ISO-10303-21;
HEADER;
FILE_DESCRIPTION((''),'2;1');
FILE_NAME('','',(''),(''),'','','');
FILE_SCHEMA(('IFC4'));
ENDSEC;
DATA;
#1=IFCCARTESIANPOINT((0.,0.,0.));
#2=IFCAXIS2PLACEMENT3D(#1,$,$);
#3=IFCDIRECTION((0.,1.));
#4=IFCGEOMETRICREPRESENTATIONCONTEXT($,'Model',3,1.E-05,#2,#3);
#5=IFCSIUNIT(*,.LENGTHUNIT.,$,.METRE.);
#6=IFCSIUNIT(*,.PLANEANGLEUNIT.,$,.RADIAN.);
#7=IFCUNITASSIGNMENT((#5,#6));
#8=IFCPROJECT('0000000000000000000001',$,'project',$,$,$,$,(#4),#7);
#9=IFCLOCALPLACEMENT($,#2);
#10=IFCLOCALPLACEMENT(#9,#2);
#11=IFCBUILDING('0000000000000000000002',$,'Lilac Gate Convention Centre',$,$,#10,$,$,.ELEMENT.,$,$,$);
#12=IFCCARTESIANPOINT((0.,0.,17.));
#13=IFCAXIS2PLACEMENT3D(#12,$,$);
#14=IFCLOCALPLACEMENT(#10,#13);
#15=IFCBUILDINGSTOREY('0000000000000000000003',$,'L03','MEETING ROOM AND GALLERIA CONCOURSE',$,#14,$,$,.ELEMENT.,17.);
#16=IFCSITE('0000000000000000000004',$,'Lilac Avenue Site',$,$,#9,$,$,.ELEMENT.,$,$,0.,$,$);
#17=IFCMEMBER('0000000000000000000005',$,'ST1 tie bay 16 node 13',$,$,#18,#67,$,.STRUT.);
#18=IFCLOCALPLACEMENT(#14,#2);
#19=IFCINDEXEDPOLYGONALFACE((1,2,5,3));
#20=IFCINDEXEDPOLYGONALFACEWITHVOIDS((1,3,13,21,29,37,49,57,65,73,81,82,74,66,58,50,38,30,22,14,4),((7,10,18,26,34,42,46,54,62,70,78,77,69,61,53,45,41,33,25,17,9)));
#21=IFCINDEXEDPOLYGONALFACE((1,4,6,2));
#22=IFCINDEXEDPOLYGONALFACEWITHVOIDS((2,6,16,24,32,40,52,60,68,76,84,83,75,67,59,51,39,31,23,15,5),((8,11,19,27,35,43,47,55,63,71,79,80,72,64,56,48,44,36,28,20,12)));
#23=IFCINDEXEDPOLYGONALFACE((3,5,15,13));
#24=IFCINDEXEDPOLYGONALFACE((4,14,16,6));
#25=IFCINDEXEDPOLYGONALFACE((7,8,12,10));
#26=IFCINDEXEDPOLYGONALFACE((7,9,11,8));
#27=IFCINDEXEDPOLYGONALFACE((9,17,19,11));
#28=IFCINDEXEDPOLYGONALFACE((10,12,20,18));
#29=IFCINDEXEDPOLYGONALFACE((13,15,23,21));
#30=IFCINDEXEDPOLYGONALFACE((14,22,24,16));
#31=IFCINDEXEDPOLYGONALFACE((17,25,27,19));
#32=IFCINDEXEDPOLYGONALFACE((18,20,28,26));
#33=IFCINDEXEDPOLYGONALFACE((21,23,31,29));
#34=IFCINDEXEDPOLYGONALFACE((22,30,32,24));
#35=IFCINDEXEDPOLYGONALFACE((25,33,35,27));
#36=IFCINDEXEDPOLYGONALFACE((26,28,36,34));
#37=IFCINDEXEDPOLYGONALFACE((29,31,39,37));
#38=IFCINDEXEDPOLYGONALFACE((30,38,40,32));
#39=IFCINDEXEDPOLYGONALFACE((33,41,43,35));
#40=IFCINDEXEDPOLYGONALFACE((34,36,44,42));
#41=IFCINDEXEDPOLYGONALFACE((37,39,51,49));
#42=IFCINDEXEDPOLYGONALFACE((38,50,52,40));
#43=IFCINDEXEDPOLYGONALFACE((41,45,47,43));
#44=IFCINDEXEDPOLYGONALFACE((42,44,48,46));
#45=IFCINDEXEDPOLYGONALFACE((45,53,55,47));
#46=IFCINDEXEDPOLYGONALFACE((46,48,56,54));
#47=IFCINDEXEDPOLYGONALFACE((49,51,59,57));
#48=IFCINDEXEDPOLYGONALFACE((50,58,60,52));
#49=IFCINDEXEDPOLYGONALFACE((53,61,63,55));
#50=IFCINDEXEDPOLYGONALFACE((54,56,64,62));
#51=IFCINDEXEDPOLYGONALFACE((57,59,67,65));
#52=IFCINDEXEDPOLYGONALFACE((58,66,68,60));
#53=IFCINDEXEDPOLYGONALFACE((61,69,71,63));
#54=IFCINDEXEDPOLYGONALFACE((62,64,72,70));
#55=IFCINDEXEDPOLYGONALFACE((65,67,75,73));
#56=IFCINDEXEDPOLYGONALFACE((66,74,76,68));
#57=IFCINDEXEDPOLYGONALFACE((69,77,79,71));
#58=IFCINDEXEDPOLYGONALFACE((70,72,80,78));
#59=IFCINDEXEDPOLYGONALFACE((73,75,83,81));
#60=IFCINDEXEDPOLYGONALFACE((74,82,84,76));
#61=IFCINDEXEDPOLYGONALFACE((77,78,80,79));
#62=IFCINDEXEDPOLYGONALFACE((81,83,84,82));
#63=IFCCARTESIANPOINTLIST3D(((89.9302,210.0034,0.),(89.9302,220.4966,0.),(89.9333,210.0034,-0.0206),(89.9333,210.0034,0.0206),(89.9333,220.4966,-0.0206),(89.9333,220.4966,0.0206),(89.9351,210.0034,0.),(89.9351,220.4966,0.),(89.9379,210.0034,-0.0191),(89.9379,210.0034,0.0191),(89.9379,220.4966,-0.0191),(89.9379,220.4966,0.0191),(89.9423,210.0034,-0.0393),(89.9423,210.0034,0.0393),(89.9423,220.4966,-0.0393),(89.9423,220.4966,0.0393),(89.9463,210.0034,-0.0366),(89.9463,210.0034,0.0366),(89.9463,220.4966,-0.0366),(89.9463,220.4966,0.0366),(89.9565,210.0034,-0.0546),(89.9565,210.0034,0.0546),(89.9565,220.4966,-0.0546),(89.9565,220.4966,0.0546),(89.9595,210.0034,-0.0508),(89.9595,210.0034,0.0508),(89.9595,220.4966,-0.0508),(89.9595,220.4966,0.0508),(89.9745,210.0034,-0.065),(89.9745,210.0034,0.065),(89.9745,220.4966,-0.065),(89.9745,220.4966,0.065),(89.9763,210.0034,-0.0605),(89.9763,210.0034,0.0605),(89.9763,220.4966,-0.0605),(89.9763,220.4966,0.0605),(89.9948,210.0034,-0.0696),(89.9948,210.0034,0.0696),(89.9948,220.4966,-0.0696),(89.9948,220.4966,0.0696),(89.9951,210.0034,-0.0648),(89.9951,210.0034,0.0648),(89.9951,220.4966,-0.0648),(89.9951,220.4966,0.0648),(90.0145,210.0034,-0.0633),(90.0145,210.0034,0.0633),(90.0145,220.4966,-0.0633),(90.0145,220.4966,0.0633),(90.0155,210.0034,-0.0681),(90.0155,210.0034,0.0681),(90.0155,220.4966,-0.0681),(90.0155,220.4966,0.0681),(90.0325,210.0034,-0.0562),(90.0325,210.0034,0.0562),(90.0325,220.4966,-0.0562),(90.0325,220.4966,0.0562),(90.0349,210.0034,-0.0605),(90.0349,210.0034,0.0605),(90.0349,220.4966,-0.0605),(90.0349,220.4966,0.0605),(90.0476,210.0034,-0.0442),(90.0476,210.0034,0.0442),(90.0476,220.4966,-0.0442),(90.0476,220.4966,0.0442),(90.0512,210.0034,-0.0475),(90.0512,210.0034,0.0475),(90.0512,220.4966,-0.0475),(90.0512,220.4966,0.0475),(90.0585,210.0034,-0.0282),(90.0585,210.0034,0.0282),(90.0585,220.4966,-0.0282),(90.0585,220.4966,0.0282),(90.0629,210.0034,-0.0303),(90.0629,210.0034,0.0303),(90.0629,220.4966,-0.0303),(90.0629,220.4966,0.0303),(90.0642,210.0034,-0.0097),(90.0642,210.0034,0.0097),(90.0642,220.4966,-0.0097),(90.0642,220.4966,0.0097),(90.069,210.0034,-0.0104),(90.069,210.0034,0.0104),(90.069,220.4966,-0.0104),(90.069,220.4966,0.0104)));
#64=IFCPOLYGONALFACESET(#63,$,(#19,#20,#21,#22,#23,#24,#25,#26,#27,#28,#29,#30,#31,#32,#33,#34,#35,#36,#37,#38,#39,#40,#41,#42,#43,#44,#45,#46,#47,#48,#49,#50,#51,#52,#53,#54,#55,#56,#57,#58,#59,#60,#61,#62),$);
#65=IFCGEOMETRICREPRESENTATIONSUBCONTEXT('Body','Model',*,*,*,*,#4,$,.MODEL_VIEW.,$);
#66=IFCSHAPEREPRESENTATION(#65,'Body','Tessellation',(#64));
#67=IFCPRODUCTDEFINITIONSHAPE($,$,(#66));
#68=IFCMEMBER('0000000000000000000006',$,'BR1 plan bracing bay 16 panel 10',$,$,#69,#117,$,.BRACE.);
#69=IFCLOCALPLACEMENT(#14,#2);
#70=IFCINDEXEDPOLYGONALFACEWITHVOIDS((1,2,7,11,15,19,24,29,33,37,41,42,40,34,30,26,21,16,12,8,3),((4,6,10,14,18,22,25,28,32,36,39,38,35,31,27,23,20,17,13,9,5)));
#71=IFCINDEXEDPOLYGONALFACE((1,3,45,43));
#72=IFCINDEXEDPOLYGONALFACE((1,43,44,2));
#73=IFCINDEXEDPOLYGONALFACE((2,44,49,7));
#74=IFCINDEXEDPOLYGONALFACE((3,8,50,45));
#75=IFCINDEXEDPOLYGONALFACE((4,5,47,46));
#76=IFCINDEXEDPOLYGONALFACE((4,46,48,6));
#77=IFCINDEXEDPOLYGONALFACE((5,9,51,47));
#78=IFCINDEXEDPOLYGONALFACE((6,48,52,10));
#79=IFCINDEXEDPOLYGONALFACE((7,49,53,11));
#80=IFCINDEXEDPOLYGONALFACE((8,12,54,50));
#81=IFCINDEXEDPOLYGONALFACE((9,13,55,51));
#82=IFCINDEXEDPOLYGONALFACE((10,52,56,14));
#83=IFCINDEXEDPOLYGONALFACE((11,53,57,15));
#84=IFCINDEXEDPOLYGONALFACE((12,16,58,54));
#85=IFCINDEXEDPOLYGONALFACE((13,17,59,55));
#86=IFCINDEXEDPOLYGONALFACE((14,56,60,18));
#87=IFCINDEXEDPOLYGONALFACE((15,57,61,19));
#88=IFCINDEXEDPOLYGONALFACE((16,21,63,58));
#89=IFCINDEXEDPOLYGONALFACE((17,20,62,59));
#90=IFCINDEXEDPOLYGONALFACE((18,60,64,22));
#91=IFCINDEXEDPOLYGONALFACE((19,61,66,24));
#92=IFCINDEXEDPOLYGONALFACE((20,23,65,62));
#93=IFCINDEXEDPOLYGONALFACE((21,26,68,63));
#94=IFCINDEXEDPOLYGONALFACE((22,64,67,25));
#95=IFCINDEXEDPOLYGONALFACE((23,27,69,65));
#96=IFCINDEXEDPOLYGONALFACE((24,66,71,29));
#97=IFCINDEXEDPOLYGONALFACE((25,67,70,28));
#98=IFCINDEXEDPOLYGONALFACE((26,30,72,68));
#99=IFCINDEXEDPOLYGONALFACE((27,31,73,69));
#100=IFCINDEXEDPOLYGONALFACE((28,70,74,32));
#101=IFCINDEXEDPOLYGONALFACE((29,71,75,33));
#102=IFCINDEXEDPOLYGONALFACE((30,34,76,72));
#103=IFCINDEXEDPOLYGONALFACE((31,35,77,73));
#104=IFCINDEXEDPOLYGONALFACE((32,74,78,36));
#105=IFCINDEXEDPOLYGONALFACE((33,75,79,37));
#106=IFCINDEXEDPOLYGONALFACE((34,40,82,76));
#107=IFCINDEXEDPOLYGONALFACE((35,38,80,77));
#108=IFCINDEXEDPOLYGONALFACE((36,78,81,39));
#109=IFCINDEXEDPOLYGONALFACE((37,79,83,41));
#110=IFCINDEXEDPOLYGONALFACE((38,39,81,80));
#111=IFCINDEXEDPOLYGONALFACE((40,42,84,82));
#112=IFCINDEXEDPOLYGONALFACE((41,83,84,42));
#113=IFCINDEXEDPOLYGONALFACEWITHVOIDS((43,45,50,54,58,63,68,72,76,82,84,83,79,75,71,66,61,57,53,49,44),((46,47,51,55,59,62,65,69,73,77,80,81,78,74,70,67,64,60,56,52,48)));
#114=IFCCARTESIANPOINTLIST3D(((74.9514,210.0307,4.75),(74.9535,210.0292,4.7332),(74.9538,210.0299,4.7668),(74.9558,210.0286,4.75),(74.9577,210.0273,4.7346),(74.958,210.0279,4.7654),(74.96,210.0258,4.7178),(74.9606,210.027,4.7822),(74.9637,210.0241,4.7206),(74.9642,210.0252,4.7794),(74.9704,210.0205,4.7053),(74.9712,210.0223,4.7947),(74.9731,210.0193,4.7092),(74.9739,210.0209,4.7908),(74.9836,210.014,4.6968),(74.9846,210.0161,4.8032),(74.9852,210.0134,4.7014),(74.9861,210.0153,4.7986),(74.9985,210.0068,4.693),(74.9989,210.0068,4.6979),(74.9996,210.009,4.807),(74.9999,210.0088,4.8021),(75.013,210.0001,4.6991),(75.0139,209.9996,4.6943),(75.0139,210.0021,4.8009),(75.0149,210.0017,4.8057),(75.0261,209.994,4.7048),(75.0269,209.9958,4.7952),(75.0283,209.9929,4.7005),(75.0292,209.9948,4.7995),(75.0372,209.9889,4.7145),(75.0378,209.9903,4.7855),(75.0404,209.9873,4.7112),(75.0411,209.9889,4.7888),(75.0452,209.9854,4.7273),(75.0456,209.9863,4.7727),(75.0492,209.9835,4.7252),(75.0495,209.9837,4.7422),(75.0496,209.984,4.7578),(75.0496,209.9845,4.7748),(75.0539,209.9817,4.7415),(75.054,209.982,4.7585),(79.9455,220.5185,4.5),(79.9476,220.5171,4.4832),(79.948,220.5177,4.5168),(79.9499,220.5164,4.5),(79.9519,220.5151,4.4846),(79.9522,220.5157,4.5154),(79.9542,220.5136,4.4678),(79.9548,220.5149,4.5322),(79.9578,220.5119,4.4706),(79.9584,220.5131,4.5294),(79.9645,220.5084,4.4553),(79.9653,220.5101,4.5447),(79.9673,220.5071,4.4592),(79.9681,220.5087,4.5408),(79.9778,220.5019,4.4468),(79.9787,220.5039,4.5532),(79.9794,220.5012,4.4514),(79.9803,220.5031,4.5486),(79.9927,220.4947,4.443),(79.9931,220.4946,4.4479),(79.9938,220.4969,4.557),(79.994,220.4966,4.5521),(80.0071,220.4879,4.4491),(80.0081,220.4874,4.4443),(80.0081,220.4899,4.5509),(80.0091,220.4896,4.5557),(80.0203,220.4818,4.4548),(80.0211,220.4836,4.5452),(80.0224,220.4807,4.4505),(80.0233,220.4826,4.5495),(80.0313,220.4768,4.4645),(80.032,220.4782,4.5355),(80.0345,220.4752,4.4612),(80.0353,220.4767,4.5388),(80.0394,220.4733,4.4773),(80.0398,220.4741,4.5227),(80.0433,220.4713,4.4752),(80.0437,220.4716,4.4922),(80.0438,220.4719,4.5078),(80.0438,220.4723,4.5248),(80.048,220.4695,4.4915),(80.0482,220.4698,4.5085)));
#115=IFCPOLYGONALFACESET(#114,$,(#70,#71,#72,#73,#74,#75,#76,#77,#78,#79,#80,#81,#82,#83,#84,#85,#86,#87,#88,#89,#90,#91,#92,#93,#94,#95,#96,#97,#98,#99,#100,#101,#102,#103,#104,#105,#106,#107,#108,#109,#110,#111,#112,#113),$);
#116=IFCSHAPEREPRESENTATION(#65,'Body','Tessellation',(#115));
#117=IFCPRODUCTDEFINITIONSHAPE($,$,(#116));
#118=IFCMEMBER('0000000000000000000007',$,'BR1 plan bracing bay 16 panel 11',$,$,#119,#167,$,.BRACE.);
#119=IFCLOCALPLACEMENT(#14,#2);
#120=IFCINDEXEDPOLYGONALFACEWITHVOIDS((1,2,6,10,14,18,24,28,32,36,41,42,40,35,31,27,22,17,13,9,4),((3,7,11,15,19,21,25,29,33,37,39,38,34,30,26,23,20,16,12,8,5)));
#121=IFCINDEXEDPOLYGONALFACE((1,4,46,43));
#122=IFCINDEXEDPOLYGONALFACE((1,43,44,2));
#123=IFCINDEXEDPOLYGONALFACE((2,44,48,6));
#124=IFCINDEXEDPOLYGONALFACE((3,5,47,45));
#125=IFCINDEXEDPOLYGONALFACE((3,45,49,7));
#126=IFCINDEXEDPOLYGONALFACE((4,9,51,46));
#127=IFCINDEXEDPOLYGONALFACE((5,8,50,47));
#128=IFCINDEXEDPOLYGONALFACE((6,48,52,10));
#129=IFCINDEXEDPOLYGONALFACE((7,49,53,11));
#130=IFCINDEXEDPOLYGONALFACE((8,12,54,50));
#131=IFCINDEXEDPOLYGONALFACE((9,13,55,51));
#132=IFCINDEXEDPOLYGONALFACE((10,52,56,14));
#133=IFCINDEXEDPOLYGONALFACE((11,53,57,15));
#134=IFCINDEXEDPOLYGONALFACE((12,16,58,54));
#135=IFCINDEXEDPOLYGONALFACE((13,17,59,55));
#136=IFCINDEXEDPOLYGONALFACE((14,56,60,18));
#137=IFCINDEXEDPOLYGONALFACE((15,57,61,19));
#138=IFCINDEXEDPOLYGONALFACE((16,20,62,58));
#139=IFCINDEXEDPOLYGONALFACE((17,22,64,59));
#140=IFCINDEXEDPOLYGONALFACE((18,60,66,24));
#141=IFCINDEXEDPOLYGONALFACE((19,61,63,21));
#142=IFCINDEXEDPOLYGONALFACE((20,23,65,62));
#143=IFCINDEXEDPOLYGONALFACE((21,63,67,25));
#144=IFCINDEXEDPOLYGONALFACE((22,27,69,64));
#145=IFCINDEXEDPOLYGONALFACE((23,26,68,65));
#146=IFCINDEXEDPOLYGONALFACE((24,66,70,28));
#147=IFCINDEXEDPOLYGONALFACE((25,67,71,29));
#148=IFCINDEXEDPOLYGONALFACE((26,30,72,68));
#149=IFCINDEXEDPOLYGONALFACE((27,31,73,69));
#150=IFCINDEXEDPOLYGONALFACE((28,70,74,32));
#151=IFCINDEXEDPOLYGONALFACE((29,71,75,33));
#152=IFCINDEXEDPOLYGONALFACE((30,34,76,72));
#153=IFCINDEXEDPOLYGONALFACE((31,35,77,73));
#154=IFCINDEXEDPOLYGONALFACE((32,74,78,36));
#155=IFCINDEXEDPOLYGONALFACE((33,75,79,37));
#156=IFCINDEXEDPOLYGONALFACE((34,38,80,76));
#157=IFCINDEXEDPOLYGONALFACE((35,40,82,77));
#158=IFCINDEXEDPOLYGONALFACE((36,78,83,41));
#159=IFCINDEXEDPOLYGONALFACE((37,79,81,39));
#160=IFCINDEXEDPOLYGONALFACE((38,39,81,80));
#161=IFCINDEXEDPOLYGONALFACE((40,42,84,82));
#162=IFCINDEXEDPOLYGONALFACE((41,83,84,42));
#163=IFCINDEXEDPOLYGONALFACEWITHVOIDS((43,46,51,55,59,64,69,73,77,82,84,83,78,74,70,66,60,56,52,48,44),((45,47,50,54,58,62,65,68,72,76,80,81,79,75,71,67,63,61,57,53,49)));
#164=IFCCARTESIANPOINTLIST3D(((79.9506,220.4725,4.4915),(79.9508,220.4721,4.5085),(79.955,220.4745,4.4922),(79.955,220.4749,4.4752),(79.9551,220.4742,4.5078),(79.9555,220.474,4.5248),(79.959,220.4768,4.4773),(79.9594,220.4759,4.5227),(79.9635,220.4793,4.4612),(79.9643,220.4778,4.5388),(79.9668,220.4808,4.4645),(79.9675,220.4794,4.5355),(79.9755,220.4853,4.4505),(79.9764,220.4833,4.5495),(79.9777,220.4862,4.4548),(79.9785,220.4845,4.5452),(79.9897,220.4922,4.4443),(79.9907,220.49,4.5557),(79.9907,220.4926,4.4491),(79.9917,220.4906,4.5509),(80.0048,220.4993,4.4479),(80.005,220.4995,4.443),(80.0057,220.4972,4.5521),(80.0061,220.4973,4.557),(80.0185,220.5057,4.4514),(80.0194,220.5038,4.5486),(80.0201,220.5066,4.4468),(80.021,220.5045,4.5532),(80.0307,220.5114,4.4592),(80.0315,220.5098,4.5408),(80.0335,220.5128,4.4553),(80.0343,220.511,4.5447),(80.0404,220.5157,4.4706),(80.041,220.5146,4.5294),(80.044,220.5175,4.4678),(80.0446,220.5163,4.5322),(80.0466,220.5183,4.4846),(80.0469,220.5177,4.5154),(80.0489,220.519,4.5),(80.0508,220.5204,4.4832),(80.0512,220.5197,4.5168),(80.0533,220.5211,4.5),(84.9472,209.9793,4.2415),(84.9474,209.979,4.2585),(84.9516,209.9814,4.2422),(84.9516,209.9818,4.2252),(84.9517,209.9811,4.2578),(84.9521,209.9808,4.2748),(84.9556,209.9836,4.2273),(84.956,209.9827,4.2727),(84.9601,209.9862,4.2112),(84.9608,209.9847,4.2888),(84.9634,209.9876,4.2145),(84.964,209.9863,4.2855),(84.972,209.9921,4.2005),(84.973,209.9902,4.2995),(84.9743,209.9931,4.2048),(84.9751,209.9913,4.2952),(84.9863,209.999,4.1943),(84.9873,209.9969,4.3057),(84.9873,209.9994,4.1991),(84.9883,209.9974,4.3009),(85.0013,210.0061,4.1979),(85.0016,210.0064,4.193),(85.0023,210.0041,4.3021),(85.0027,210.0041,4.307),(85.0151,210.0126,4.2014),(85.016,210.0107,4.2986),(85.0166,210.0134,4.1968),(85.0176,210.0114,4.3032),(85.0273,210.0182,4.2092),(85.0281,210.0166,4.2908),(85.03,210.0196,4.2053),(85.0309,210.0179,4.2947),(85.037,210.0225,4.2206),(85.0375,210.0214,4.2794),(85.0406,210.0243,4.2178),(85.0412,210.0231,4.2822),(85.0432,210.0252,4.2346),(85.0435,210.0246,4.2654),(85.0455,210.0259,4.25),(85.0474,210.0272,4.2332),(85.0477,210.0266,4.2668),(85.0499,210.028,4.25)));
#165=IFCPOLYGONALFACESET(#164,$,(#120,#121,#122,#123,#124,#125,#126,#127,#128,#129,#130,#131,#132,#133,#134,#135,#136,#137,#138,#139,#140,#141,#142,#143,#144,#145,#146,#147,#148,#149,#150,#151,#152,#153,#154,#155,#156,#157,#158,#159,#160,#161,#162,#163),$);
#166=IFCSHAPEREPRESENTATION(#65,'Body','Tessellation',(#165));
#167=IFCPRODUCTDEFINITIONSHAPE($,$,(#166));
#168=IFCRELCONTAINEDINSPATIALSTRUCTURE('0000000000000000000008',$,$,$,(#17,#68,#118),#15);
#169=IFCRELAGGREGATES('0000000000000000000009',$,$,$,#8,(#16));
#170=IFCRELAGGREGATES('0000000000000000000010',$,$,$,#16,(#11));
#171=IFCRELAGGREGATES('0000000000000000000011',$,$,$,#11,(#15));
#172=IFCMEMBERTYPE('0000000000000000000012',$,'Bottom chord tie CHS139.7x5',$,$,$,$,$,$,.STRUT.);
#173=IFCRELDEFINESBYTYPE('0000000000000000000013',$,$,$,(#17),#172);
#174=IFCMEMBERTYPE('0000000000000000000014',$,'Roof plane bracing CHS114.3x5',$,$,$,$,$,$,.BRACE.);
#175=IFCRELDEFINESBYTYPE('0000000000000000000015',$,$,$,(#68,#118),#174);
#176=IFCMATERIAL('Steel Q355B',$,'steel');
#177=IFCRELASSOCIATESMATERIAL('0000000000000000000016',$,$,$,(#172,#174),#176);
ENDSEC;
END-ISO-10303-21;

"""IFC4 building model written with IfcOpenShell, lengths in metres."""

from ifc_helpers import new_model, si_unit, direction, frame, origin, origin_2d, place, context, subcontext, project, spatial, hollow_circle, extrude, material, material_profile, profile_set, type_object, element, save


model = new_model("IFC4")

# Units and contexts
model_context = context("Model", 3, precision=1e-05, world=origin(), true_north=direction((0.0, 1.0)))
body_context = subcontext(model_context, "Body", "Model", "MODEL_VIEW")
ifc_project = project(units=[si_unit("LENGTHUNIT", "METRE"), si_unit("PLANEANGLEUNIT", "RADIAN")], contexts=[model_context])

# Site, building, storey
site_placement = place(None, origin())
site = spatial("IfcSite", under=ifc_project, at=site_placement, Name="Lilac Avenue Site", CompositionType="ELEMENT", RefElevation=0.0)
building_placement = place(site_placement, origin())
building = spatial("IfcBuilding", under=site, at=building_placement, Name="Lilac Gate Convention Centre", CompositionType="ELEMENT")
storey_placement = place(building_placement, frame((0.0, 0.0, 17.0)))
storey = spatial("IfcBuildingStorey", under=building, at=storey_placement, Name="L03", Description="MEETING ROOM AND GALLERIA CONCOURSE", CompositionType="ELEMENT", Elevation=17.0)

# Members
ifc_material = material(Name="Steel Q355B", Category="steel")
ifc_material_profile_1 = material_profile(ifc_material, hollow_circle(Radius=0.0698, WallThickness=0.0049, at=origin_2d()), Name="CHS139.7x5")
ifc_profile_set_1 = profile_set([ifc_material_profile_1], Name="Steel Q355B")
member_type_1 = type_object("IfcMemberType", Name="Bottom chord tie CHS139.7x5", PredefinedType="STRUT", material=ifc_profile_set_1)
for number, where, z_axis, x_axis, name in (
    (1, (90.0, 210.0034, 0.0), (0.0, 1.0, 0.0), (-1.0, 0.0, 0.0), "ST1 tie bay 16 node 13"),
):
    element("IfcMember", number, at=place(storey_placement, frame(where, z_axis=z_axis, x_axis=x_axis)), inside=storey, type_object=member_type_1, Name=name, PredefinedType="STRUT", context=body_context, shape_type="SweptSolid", body=[
        extrude(hollow_circle(Radius=0.0698, WallThickness=0.0049, at=origin_2d()), origin(), (0.0, 0.0, 1.0), 10.4932),
    ])
ifc_material_profile_2 = material_profile(ifc_material, hollow_circle(Radius=0.0571, WallThickness=0.0049, at=origin_2d()), Name="CHS114.3x5")
ifc_profile_set_2 = profile_set([ifc_material_profile_2], Name="Steel Q355B")
member_type_2 = type_object("IfcMemberType", Name="Roof plane bracing CHS114.3x5", PredefinedType="BRACE", material=ifc_profile_set_2)
member_1_placement = place(storey_placement, frame((75.0029, 210.0061, 4.75), z_axis=(0.429831, 0.902653, -0.021517), x_axis=(-0.902862, 0.42993, 0.0)))
element("IfcMember", 2, at=member_1_placement, inside=storey, type_object=member_type_2, Name="BR1 plan bracing bay 16 panel 10", PredefinedType="BRACE", context=body_context, shape_type="SweptSolid", body=[
    extrude(hollow_circle(Radius=0.0571, WallThickness=0.0049, at=origin_2d()), origin(), (0.0, 0.0, 1.0), 11.6189),
])
for number, where, z_axis, x_axis, name in (
    (3, (80.0017, 220.4966, 4.5), (0.429823, -0.902657, -0.021506), (0.902866, 0.429922, 0.0), "BR1 plan bracing bay 16 panel 11"),
):
    element("IfcMember", number, at=place(storey_placement, frame(where, z_axis=z_axis, x_axis=x_axis)), inside=storey, type_object=member_type_2, Name=name, PredefinedType="BRACE", context=body_context, shape_type="SweptSolid", body=[
        extrude(hollow_circle(Radius=0.0571, WallThickness=0.0049, at=origin_2d()), origin(), (0.0, 0.0, 1.0), 11.6248),
    ])

save(model, "model.ifc")
